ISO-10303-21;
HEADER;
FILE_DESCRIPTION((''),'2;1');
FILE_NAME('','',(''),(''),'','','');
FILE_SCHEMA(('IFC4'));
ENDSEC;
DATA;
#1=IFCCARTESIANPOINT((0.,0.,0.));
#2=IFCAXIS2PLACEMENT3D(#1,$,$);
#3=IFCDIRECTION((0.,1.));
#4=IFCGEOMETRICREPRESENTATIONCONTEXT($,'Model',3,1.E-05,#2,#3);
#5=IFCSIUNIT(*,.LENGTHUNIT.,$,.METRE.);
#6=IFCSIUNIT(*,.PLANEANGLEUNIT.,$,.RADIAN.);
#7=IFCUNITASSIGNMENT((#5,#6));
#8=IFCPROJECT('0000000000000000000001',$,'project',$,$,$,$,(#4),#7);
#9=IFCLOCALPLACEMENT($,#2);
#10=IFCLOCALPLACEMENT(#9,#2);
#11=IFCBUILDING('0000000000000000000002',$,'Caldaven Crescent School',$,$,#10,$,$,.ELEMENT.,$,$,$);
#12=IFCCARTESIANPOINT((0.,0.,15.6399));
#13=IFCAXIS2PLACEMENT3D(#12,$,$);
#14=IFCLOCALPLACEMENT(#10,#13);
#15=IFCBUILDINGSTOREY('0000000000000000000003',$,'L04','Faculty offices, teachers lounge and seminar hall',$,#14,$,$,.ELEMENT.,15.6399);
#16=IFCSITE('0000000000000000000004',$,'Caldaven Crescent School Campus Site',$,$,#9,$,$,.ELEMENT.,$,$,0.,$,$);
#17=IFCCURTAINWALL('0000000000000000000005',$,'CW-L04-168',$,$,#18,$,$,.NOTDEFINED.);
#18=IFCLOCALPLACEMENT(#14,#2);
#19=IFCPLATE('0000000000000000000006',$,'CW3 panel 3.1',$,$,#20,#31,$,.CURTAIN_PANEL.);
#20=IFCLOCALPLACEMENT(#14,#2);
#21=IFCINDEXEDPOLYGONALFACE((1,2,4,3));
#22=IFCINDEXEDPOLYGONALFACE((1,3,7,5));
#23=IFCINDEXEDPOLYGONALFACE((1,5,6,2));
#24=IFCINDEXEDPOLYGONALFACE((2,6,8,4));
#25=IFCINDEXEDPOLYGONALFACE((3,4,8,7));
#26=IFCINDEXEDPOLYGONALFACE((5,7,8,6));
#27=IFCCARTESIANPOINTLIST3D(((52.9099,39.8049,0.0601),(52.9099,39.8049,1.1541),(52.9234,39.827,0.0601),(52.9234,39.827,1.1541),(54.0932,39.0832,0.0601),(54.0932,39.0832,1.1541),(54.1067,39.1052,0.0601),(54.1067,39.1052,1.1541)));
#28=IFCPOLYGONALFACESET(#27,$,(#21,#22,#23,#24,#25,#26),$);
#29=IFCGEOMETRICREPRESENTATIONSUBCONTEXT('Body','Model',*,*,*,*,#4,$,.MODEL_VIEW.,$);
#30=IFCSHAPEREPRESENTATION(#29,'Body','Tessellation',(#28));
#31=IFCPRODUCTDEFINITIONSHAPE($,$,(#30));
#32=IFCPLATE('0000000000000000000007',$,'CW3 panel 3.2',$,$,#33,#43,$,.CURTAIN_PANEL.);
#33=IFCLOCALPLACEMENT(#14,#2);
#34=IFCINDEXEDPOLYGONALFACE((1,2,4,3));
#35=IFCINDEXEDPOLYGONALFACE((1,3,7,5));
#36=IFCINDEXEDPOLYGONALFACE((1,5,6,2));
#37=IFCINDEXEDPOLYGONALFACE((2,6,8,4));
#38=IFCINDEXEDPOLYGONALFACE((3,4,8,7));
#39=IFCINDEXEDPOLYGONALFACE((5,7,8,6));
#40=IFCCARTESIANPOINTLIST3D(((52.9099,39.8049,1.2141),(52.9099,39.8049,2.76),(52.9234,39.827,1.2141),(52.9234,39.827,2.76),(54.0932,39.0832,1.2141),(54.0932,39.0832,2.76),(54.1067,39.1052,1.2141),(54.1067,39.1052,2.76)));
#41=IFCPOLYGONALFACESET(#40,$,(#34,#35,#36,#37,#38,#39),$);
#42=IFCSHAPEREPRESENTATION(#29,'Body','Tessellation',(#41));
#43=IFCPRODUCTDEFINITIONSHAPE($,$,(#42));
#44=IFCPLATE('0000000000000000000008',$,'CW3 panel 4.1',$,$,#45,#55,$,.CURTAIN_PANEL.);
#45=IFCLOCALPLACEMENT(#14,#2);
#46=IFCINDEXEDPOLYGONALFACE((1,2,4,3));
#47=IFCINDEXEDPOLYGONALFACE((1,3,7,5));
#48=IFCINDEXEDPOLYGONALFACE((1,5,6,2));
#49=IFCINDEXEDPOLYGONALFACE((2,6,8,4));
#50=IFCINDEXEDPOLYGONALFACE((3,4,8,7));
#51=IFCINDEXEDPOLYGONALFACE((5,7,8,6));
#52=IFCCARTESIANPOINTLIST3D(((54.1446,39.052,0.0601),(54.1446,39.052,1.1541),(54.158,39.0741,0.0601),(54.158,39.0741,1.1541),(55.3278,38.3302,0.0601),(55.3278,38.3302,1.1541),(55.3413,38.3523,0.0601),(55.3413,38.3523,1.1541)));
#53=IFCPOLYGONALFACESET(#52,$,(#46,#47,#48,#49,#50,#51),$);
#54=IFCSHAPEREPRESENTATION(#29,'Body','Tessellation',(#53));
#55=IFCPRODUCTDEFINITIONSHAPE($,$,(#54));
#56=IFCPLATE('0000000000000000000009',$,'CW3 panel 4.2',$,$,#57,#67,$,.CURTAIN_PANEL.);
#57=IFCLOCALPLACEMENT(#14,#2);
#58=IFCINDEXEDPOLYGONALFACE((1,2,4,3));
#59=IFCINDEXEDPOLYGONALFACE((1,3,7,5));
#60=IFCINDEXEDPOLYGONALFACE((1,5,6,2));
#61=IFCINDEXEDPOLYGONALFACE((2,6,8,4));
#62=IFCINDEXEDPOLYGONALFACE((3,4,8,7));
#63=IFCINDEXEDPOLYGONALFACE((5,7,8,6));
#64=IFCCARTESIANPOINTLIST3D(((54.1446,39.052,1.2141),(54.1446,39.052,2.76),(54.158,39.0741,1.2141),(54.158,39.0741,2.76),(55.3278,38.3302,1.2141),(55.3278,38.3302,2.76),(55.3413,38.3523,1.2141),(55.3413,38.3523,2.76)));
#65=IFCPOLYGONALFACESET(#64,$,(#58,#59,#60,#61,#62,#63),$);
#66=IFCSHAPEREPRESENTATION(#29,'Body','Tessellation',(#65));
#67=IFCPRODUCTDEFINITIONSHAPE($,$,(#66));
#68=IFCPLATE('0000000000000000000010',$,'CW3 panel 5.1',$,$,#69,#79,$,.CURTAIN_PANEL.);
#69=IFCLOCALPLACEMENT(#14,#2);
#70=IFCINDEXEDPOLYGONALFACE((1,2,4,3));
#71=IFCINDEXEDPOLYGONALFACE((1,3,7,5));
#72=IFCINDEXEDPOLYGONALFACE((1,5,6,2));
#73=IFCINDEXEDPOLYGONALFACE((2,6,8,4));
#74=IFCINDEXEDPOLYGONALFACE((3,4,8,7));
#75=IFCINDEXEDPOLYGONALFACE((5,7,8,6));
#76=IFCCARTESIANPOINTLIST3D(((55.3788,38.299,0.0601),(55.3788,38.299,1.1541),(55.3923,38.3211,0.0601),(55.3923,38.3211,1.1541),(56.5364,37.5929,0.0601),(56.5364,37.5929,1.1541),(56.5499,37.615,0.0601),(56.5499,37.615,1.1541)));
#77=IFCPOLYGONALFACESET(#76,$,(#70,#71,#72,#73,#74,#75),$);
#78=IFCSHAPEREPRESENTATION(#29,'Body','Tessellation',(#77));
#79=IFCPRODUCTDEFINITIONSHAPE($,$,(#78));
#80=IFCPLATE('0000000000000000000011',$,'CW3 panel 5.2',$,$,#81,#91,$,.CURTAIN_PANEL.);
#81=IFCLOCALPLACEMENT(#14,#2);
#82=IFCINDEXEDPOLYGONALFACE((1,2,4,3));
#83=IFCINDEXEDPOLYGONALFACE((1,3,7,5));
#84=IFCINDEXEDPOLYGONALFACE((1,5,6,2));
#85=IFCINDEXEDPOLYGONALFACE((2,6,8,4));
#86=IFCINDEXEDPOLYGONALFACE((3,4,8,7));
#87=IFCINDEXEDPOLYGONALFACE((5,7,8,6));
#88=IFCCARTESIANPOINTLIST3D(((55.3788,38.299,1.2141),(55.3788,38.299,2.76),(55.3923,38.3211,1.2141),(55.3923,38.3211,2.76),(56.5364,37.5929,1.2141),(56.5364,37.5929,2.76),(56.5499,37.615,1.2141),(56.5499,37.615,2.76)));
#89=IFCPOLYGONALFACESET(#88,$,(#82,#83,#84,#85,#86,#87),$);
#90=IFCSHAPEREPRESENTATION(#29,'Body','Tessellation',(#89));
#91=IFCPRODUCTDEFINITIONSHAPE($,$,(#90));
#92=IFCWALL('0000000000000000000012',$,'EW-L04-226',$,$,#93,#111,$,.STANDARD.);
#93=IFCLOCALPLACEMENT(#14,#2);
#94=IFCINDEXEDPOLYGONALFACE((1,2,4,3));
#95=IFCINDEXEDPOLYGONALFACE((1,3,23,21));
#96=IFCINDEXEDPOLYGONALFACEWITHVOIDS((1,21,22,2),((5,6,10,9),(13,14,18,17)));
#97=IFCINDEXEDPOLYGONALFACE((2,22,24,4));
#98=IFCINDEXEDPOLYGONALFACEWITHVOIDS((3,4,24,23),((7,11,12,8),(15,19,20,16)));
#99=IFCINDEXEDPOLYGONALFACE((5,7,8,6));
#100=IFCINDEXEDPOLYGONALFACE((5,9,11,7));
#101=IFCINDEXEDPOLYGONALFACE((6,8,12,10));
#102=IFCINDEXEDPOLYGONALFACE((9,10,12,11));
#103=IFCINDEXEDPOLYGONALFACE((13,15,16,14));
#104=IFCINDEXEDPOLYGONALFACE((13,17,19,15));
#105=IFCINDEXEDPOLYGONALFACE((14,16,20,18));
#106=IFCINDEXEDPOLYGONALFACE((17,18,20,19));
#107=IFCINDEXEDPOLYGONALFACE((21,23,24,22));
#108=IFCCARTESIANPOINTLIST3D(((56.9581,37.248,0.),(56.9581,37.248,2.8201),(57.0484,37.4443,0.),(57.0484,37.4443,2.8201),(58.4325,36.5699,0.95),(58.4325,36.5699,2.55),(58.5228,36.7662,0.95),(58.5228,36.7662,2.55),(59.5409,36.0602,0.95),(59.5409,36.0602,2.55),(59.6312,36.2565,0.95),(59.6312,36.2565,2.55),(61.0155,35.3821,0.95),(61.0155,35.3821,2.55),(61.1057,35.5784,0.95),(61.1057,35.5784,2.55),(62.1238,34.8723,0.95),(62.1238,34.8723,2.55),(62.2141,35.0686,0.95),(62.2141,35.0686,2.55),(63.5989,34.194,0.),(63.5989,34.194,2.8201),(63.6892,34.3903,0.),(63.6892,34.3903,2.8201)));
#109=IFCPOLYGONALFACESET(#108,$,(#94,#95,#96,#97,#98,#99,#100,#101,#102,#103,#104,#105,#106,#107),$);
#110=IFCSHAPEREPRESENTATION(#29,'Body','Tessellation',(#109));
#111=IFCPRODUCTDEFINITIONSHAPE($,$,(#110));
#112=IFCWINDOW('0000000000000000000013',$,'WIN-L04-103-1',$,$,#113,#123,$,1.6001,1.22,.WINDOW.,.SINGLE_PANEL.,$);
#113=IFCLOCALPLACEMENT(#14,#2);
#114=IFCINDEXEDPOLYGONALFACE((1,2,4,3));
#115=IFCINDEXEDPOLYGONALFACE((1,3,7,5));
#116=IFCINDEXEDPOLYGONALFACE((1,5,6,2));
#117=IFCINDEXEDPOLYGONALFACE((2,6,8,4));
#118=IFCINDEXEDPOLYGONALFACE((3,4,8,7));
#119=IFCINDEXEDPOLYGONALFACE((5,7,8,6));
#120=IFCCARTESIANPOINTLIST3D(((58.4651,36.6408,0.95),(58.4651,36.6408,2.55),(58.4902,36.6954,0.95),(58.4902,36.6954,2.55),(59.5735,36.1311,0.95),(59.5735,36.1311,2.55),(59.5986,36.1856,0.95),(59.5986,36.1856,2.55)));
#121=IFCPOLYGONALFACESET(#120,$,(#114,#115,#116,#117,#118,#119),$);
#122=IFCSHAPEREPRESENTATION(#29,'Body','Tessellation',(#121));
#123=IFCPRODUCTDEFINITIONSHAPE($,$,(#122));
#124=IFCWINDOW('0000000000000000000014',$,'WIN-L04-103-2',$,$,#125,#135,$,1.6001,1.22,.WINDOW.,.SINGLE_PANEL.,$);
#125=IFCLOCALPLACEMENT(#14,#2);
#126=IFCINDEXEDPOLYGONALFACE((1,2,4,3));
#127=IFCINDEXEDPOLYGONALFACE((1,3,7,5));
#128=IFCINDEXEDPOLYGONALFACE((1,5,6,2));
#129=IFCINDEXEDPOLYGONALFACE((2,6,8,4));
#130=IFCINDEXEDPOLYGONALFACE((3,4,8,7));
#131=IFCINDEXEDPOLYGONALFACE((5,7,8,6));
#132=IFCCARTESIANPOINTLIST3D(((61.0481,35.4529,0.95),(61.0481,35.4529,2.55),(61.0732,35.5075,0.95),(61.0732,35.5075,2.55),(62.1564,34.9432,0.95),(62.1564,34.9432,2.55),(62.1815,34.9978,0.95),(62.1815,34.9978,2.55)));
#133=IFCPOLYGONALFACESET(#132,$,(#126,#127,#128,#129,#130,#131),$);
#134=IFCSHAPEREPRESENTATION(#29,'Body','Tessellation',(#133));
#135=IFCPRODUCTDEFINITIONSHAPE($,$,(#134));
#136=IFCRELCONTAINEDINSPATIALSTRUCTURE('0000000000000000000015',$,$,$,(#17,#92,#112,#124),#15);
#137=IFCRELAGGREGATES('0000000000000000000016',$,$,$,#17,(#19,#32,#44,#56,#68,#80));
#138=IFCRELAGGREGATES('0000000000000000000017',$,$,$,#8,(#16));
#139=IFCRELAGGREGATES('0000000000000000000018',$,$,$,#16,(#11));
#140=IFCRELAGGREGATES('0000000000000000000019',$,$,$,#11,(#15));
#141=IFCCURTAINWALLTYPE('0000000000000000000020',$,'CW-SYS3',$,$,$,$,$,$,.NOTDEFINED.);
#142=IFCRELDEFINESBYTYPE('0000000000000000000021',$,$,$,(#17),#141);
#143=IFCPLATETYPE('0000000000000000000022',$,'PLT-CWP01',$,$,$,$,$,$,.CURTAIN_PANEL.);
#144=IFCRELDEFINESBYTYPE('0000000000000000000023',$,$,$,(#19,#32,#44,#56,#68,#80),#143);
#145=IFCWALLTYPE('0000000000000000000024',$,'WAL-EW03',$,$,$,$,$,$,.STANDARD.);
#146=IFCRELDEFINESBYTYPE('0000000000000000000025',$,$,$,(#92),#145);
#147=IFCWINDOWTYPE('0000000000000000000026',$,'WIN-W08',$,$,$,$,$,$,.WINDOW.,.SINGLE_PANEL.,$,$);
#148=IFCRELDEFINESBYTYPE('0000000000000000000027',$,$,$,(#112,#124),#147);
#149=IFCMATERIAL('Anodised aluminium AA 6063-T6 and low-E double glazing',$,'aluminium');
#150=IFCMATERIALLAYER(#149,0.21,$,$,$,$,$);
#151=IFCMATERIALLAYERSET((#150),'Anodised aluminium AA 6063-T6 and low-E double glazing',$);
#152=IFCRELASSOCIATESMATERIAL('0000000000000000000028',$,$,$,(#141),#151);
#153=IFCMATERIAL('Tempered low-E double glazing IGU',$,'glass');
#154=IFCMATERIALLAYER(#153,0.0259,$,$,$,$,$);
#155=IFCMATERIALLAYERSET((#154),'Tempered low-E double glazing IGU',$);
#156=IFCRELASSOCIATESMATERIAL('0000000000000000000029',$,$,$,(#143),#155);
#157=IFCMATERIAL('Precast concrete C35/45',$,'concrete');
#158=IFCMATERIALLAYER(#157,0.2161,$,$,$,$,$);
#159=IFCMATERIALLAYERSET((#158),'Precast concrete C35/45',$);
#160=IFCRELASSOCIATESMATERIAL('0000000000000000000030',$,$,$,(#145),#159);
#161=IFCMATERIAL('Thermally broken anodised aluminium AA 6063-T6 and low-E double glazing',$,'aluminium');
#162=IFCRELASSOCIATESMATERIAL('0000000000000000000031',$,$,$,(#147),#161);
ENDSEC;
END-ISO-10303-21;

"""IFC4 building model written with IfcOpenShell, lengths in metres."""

from ifc_helpers import new_model, si_unit, direction, frame, frame_2d, origin, origin_2d, place, context, subcontext, project, spatial, rectangle, extrude, material, layer, layer_set, type_object, element, fill, aggregate, save


model = new_model("IFC4")

# Units and contexts
model_context = context("Model", 3, precision=1e-05, world=origin(), true_north=direction((0.0, 1.0)))
body_context = subcontext(model_context, "Body", "Model", "MODEL_VIEW")
ifc_project = project(units=[si_unit("LENGTHUNIT", "METRE"), si_unit("PLANEANGLEUNIT", "RADIAN")], contexts=[model_context])

# Site, building, storey
site_placement = place(None, origin())
site = spatial("IfcSite", under=ifc_project, at=site_placement, Name="Caldaven Crescent School Campus Site", CompositionType="ELEMENT", RefElevation=0.0)
building_placement = place(site_placement, origin())
building = spatial("IfcBuilding", under=site, at=building_placement, Name="Caldaven Crescent School", CompositionType="ELEMENT")
storey_placement = place(building_placement, frame((0.0, 0.0, 15.6399)))
storey = spatial("IfcBuildingStorey", under=building, at=storey_placement, Name="L04", Description="Faculty offices, teachers lounge and seminar hall", CompositionType="ELEMENT", Elevation=15.6399)

# Curtain wall
ifc_material_1 = material(Name="Anodised aluminium AA 6063-T6 and low-E double glazing", Category="aluminium")
ifc_layer_1 = layer(ifc_material_1, 0.21)
ifc_layer_set_1 = layer_set([ifc_layer_1], Name="Anodised aluminium AA 6063-T6 and low-E double glazing")
curtain_wall_type = type_object("IfcCurtainWallType", Name="CW-SYS3", PredefinedType="NOTDEFINED", material=ifc_layer_set_1)
curtain_wall_placement = place(storey_placement, origin())
curtain_wall = element("IfcCurtainWall", 1, at=curtain_wall_placement, inside=storey, type_object=curtain_wall_type, Name="CW-L04-168", PredefinedType="NOTDEFINED")

# Plates
ifc_material_2 = material(Name="Tempered low-E double glazing IGU", Category="glass")
ifc_layer_2 = layer(ifc_material_2, 0.0259)
ifc_layer_set_2 = layer_set([ifc_layer_2], Name="Tempered low-E double glazing IGU")
plate_type = type_object("IfcPlateType", Name="PLT-CWP01", PredefinedType="CURTAIN_PANEL", material=ifc_layer_set_2)
plate_1_placement = place(storey_placement, frame((53.5083, 39.4551, 0.0601), z_axis=(0.0, 0.0, 1.0), x_axis=(0.853709, -0.52075, 0.0)))
plate_1 = element("IfcPlate", 2, at=plate_1_placement, type_object=plate_type, Name="CW3 panel 3.1", PredefinedType="CURTAIN_PANEL", context=body_context, shape_type="SweptSolid", body=[
    extrude(rectangle(XDim=1.386, YDim=0.0259, at=origin_2d()), origin(), (0.0, 0.0, 1.0), 1.094),
])
plate_2_placement = place(storey_placement, frame((53.5083, 39.4551, 1.2141), z_axis=(0.0, 0.0, 1.0), x_axis=(0.853709, -0.52075, 0.0)))
plate_2 = element("IfcPlate", 3, at=plate_2_placement, type_object=plate_type, Name="CW3 panel 3.2", PredefinedType="CURTAIN_PANEL", context=body_context, shape_type="SweptSolid", body=[
    extrude(rectangle(XDim=1.386, YDim=0.0259, at=origin_2d()), origin(), (0.0, 0.0, 1.0), 1.5459),
])
plate_3_placement = place(storey_placement, frame((54.7429, 38.7021, 0.0601), z_axis=(0.0, 0.0, 1.0), x_axis=(0.853709, -0.52075, 0.0)))
plate_3 = element("IfcPlate", 4, at=plate_3_placement, type_object=plate_type, Name="CW3 panel 4.1", PredefinedType="CURTAIN_PANEL", context=body_context, shape_type="SweptSolid", body=[
    extrude(rectangle(XDim=1.386, YDim=0.0259, at=origin_2d()), origin(), (0.0, 0.0, 1.0), 1.094),
])
plate_4_placement = place(storey_placement, frame((54.7429, 38.7021, 1.2141), z_axis=(0.0, 0.0, 1.0), x_axis=(0.853709, -0.52075, 0.0)))
plate_4 = element("IfcPlate", 5, at=plate_4_placement, type_object=plate_type, Name="CW3 panel 4.2", PredefinedType="CURTAIN_PANEL", context=body_context, shape_type="SweptSolid", body=[
    extrude(rectangle(XDim=1.386, YDim=0.0259, at=origin_2d()), origin(), (0.0, 0.0, 1.0), 1.5459),
])
plate_5_placement = place(storey_placement, frame((55.9644, 37.957, 0.0601), z_axis=(0.0, 0.0, 1.0), x_axis=(0.853709, -0.52075, 0.0)))
plate_5 = element("IfcPlate", 6, at=plate_5_placement, type_object=plate_type, Name="CW3 panel 5.1", PredefinedType="CURTAIN_PANEL", context=body_context, shape_type="SweptSolid", body=[
    extrude(rectangle(XDim=1.356, YDim=0.0259, at=origin_2d()), origin(), (0.0, 0.0, 1.0), 1.094),
])
plate_6_placement = place(storey_placement, frame((55.9644, 37.957, 1.2141), z_axis=(0.0, 0.0, 1.0), x_axis=(0.853709, -0.52075, 0.0)))
plate_6 = element("IfcPlate", 7, at=plate_6_placement, type_object=plate_type, Name="CW3 panel 5.2", PredefinedType="CURTAIN_PANEL", context=body_context, shape_type="SweptSolid", body=[
    extrude(rectangle(XDim=1.356, YDim=0.0259, at=origin_2d()), origin(), (0.0, 0.0, 1.0), 1.5459),
])
aggregate(curtain_wall, [plate_1, plate_2, plate_3, plate_4, plate_5, plate_6])

# Wall, openings, windows
ifc_material_3 = material(Name="Precast concrete C35/45", Category="concrete")
ifc_layer_3 = layer(ifc_material_3, 0.2161)
ifc_layer_set_3 = layer_set([ifc_layer_3], Name="Precast concrete C35/45")
wall_type = type_object("IfcWallType", Name="WAL-EW03", PredefinedType="STANDARD", material=ifc_layer_set_3)
wall_placement = place(storey_placement, frame((57.0032, 37.3462, 0.0), z_axis=(0.0, 0.0, 1.0), x_axis=(0.908528, -0.417823, 0.0)))
wall = element("IfcWall", 8, at=wall_placement, inside=storey, type_object=wall_type, Name="EW-L04-226", PredefinedType="STANDARD", context=body_context, shape_type="SweptSolid", body=[
    extrude(rectangle(XDim=7.3093, YDim=0.2161, at=frame_2d((3.6548, 0.0))), origin(), (0.0, 0.0, 1.0), 2.8201),
])
opening_1_placement = place(wall_placement, frame((1.623, 0.0, 0.95)))
opening_1 = element("IfcOpeningElement", 9, at=opening_1_placement, cuts=wall, PredefinedType="OPENING", context=body_context, shape_type="SweptSolid", body=[
    extrude(rectangle(XDim=1.22, YDim=1.6001, at=frame_2d((0.6099, 0.8))), frame((0.0, 0.1179, 0.0), z_axis=(0.0, -1.0, 0.0), x_axis=(1.0, 0.0, 0.0)), (0.0, 0.0, 1.0), 0.2361),
])
opening_2_placement = place(wall_placement, frame((4.4661, 0.0, 0.95)))
opening_2 = element("IfcOpeningElement", 10, at=opening_2_placement, cuts=wall, PredefinedType="OPENING", context=body_context, shape_type="SweptSolid", body=[
    extrude(rectangle(XDim=1.22, YDim=1.6001, at=frame_2d((0.6099, 0.8))), frame((0.0, 0.1179, 0.0), z_axis=(0.0, -1.0, 0.0), x_axis=(1.0, 0.0, 0.0)), (0.0, 0.0, 1.0), 0.2361),
])
ifc_material_4 = material(Name="Thermally broken anodised aluminium AA 6063-T6 and low-E double glazing", Category="aluminium")
window_type = type_object("IfcWindowType", Name="WIN-W08", PartitioningType="SINGLE_PANEL", PredefinedType="WINDOW", material=ifc_material_4)
window_1_placement = place(opening_1_placement, origin())
window_1 = element("IfcWindow", 11, at=window_1_placement, inside=storey, type_object=window_type, Name="WIN-L04-103-1", OverallHeight=1.6001, OverallWidth=1.22, PartitioningType="SINGLE_PANEL", PredefinedType="WINDOW", context=body_context, shape_type="SweptSolid", body=[
    extrude(rectangle(XDim=1.22, YDim=1.6001, at=frame_2d((0.6099, 0.8))), frame((0.0, 0.03, 0.0), z_axis=(0.0, -1.0, 0.0), x_axis=(1.0, 0.0, 0.0)), (0.0, 0.0, 1.0), 0.0601),
])
fill(opening_1, window_1)
window_2_placement = place(opening_2_placement, origin())
window_2 = element("IfcWindow", 12, at=window_2_placement, inside=storey, type_object=window_type, Name="WIN-L04-103-2", OverallHeight=1.6001, OverallWidth=1.22, PartitioningType="SINGLE_PANEL", PredefinedType="WINDOW", context=body_context, shape_type="SweptSolid", body=[
    extrude(rectangle(XDim=1.22, YDim=1.6001, at=frame_2d((0.6099, 0.8))), frame((0.0, 0.03, 0.0), z_axis=(0.0, -1.0, 0.0), x_axis=(1.0, 0.0, 0.0)), (0.0, 0.0, 1.0), 0.0601),
])
fill(opening_2, window_2)

save(model, "model.ifc")
